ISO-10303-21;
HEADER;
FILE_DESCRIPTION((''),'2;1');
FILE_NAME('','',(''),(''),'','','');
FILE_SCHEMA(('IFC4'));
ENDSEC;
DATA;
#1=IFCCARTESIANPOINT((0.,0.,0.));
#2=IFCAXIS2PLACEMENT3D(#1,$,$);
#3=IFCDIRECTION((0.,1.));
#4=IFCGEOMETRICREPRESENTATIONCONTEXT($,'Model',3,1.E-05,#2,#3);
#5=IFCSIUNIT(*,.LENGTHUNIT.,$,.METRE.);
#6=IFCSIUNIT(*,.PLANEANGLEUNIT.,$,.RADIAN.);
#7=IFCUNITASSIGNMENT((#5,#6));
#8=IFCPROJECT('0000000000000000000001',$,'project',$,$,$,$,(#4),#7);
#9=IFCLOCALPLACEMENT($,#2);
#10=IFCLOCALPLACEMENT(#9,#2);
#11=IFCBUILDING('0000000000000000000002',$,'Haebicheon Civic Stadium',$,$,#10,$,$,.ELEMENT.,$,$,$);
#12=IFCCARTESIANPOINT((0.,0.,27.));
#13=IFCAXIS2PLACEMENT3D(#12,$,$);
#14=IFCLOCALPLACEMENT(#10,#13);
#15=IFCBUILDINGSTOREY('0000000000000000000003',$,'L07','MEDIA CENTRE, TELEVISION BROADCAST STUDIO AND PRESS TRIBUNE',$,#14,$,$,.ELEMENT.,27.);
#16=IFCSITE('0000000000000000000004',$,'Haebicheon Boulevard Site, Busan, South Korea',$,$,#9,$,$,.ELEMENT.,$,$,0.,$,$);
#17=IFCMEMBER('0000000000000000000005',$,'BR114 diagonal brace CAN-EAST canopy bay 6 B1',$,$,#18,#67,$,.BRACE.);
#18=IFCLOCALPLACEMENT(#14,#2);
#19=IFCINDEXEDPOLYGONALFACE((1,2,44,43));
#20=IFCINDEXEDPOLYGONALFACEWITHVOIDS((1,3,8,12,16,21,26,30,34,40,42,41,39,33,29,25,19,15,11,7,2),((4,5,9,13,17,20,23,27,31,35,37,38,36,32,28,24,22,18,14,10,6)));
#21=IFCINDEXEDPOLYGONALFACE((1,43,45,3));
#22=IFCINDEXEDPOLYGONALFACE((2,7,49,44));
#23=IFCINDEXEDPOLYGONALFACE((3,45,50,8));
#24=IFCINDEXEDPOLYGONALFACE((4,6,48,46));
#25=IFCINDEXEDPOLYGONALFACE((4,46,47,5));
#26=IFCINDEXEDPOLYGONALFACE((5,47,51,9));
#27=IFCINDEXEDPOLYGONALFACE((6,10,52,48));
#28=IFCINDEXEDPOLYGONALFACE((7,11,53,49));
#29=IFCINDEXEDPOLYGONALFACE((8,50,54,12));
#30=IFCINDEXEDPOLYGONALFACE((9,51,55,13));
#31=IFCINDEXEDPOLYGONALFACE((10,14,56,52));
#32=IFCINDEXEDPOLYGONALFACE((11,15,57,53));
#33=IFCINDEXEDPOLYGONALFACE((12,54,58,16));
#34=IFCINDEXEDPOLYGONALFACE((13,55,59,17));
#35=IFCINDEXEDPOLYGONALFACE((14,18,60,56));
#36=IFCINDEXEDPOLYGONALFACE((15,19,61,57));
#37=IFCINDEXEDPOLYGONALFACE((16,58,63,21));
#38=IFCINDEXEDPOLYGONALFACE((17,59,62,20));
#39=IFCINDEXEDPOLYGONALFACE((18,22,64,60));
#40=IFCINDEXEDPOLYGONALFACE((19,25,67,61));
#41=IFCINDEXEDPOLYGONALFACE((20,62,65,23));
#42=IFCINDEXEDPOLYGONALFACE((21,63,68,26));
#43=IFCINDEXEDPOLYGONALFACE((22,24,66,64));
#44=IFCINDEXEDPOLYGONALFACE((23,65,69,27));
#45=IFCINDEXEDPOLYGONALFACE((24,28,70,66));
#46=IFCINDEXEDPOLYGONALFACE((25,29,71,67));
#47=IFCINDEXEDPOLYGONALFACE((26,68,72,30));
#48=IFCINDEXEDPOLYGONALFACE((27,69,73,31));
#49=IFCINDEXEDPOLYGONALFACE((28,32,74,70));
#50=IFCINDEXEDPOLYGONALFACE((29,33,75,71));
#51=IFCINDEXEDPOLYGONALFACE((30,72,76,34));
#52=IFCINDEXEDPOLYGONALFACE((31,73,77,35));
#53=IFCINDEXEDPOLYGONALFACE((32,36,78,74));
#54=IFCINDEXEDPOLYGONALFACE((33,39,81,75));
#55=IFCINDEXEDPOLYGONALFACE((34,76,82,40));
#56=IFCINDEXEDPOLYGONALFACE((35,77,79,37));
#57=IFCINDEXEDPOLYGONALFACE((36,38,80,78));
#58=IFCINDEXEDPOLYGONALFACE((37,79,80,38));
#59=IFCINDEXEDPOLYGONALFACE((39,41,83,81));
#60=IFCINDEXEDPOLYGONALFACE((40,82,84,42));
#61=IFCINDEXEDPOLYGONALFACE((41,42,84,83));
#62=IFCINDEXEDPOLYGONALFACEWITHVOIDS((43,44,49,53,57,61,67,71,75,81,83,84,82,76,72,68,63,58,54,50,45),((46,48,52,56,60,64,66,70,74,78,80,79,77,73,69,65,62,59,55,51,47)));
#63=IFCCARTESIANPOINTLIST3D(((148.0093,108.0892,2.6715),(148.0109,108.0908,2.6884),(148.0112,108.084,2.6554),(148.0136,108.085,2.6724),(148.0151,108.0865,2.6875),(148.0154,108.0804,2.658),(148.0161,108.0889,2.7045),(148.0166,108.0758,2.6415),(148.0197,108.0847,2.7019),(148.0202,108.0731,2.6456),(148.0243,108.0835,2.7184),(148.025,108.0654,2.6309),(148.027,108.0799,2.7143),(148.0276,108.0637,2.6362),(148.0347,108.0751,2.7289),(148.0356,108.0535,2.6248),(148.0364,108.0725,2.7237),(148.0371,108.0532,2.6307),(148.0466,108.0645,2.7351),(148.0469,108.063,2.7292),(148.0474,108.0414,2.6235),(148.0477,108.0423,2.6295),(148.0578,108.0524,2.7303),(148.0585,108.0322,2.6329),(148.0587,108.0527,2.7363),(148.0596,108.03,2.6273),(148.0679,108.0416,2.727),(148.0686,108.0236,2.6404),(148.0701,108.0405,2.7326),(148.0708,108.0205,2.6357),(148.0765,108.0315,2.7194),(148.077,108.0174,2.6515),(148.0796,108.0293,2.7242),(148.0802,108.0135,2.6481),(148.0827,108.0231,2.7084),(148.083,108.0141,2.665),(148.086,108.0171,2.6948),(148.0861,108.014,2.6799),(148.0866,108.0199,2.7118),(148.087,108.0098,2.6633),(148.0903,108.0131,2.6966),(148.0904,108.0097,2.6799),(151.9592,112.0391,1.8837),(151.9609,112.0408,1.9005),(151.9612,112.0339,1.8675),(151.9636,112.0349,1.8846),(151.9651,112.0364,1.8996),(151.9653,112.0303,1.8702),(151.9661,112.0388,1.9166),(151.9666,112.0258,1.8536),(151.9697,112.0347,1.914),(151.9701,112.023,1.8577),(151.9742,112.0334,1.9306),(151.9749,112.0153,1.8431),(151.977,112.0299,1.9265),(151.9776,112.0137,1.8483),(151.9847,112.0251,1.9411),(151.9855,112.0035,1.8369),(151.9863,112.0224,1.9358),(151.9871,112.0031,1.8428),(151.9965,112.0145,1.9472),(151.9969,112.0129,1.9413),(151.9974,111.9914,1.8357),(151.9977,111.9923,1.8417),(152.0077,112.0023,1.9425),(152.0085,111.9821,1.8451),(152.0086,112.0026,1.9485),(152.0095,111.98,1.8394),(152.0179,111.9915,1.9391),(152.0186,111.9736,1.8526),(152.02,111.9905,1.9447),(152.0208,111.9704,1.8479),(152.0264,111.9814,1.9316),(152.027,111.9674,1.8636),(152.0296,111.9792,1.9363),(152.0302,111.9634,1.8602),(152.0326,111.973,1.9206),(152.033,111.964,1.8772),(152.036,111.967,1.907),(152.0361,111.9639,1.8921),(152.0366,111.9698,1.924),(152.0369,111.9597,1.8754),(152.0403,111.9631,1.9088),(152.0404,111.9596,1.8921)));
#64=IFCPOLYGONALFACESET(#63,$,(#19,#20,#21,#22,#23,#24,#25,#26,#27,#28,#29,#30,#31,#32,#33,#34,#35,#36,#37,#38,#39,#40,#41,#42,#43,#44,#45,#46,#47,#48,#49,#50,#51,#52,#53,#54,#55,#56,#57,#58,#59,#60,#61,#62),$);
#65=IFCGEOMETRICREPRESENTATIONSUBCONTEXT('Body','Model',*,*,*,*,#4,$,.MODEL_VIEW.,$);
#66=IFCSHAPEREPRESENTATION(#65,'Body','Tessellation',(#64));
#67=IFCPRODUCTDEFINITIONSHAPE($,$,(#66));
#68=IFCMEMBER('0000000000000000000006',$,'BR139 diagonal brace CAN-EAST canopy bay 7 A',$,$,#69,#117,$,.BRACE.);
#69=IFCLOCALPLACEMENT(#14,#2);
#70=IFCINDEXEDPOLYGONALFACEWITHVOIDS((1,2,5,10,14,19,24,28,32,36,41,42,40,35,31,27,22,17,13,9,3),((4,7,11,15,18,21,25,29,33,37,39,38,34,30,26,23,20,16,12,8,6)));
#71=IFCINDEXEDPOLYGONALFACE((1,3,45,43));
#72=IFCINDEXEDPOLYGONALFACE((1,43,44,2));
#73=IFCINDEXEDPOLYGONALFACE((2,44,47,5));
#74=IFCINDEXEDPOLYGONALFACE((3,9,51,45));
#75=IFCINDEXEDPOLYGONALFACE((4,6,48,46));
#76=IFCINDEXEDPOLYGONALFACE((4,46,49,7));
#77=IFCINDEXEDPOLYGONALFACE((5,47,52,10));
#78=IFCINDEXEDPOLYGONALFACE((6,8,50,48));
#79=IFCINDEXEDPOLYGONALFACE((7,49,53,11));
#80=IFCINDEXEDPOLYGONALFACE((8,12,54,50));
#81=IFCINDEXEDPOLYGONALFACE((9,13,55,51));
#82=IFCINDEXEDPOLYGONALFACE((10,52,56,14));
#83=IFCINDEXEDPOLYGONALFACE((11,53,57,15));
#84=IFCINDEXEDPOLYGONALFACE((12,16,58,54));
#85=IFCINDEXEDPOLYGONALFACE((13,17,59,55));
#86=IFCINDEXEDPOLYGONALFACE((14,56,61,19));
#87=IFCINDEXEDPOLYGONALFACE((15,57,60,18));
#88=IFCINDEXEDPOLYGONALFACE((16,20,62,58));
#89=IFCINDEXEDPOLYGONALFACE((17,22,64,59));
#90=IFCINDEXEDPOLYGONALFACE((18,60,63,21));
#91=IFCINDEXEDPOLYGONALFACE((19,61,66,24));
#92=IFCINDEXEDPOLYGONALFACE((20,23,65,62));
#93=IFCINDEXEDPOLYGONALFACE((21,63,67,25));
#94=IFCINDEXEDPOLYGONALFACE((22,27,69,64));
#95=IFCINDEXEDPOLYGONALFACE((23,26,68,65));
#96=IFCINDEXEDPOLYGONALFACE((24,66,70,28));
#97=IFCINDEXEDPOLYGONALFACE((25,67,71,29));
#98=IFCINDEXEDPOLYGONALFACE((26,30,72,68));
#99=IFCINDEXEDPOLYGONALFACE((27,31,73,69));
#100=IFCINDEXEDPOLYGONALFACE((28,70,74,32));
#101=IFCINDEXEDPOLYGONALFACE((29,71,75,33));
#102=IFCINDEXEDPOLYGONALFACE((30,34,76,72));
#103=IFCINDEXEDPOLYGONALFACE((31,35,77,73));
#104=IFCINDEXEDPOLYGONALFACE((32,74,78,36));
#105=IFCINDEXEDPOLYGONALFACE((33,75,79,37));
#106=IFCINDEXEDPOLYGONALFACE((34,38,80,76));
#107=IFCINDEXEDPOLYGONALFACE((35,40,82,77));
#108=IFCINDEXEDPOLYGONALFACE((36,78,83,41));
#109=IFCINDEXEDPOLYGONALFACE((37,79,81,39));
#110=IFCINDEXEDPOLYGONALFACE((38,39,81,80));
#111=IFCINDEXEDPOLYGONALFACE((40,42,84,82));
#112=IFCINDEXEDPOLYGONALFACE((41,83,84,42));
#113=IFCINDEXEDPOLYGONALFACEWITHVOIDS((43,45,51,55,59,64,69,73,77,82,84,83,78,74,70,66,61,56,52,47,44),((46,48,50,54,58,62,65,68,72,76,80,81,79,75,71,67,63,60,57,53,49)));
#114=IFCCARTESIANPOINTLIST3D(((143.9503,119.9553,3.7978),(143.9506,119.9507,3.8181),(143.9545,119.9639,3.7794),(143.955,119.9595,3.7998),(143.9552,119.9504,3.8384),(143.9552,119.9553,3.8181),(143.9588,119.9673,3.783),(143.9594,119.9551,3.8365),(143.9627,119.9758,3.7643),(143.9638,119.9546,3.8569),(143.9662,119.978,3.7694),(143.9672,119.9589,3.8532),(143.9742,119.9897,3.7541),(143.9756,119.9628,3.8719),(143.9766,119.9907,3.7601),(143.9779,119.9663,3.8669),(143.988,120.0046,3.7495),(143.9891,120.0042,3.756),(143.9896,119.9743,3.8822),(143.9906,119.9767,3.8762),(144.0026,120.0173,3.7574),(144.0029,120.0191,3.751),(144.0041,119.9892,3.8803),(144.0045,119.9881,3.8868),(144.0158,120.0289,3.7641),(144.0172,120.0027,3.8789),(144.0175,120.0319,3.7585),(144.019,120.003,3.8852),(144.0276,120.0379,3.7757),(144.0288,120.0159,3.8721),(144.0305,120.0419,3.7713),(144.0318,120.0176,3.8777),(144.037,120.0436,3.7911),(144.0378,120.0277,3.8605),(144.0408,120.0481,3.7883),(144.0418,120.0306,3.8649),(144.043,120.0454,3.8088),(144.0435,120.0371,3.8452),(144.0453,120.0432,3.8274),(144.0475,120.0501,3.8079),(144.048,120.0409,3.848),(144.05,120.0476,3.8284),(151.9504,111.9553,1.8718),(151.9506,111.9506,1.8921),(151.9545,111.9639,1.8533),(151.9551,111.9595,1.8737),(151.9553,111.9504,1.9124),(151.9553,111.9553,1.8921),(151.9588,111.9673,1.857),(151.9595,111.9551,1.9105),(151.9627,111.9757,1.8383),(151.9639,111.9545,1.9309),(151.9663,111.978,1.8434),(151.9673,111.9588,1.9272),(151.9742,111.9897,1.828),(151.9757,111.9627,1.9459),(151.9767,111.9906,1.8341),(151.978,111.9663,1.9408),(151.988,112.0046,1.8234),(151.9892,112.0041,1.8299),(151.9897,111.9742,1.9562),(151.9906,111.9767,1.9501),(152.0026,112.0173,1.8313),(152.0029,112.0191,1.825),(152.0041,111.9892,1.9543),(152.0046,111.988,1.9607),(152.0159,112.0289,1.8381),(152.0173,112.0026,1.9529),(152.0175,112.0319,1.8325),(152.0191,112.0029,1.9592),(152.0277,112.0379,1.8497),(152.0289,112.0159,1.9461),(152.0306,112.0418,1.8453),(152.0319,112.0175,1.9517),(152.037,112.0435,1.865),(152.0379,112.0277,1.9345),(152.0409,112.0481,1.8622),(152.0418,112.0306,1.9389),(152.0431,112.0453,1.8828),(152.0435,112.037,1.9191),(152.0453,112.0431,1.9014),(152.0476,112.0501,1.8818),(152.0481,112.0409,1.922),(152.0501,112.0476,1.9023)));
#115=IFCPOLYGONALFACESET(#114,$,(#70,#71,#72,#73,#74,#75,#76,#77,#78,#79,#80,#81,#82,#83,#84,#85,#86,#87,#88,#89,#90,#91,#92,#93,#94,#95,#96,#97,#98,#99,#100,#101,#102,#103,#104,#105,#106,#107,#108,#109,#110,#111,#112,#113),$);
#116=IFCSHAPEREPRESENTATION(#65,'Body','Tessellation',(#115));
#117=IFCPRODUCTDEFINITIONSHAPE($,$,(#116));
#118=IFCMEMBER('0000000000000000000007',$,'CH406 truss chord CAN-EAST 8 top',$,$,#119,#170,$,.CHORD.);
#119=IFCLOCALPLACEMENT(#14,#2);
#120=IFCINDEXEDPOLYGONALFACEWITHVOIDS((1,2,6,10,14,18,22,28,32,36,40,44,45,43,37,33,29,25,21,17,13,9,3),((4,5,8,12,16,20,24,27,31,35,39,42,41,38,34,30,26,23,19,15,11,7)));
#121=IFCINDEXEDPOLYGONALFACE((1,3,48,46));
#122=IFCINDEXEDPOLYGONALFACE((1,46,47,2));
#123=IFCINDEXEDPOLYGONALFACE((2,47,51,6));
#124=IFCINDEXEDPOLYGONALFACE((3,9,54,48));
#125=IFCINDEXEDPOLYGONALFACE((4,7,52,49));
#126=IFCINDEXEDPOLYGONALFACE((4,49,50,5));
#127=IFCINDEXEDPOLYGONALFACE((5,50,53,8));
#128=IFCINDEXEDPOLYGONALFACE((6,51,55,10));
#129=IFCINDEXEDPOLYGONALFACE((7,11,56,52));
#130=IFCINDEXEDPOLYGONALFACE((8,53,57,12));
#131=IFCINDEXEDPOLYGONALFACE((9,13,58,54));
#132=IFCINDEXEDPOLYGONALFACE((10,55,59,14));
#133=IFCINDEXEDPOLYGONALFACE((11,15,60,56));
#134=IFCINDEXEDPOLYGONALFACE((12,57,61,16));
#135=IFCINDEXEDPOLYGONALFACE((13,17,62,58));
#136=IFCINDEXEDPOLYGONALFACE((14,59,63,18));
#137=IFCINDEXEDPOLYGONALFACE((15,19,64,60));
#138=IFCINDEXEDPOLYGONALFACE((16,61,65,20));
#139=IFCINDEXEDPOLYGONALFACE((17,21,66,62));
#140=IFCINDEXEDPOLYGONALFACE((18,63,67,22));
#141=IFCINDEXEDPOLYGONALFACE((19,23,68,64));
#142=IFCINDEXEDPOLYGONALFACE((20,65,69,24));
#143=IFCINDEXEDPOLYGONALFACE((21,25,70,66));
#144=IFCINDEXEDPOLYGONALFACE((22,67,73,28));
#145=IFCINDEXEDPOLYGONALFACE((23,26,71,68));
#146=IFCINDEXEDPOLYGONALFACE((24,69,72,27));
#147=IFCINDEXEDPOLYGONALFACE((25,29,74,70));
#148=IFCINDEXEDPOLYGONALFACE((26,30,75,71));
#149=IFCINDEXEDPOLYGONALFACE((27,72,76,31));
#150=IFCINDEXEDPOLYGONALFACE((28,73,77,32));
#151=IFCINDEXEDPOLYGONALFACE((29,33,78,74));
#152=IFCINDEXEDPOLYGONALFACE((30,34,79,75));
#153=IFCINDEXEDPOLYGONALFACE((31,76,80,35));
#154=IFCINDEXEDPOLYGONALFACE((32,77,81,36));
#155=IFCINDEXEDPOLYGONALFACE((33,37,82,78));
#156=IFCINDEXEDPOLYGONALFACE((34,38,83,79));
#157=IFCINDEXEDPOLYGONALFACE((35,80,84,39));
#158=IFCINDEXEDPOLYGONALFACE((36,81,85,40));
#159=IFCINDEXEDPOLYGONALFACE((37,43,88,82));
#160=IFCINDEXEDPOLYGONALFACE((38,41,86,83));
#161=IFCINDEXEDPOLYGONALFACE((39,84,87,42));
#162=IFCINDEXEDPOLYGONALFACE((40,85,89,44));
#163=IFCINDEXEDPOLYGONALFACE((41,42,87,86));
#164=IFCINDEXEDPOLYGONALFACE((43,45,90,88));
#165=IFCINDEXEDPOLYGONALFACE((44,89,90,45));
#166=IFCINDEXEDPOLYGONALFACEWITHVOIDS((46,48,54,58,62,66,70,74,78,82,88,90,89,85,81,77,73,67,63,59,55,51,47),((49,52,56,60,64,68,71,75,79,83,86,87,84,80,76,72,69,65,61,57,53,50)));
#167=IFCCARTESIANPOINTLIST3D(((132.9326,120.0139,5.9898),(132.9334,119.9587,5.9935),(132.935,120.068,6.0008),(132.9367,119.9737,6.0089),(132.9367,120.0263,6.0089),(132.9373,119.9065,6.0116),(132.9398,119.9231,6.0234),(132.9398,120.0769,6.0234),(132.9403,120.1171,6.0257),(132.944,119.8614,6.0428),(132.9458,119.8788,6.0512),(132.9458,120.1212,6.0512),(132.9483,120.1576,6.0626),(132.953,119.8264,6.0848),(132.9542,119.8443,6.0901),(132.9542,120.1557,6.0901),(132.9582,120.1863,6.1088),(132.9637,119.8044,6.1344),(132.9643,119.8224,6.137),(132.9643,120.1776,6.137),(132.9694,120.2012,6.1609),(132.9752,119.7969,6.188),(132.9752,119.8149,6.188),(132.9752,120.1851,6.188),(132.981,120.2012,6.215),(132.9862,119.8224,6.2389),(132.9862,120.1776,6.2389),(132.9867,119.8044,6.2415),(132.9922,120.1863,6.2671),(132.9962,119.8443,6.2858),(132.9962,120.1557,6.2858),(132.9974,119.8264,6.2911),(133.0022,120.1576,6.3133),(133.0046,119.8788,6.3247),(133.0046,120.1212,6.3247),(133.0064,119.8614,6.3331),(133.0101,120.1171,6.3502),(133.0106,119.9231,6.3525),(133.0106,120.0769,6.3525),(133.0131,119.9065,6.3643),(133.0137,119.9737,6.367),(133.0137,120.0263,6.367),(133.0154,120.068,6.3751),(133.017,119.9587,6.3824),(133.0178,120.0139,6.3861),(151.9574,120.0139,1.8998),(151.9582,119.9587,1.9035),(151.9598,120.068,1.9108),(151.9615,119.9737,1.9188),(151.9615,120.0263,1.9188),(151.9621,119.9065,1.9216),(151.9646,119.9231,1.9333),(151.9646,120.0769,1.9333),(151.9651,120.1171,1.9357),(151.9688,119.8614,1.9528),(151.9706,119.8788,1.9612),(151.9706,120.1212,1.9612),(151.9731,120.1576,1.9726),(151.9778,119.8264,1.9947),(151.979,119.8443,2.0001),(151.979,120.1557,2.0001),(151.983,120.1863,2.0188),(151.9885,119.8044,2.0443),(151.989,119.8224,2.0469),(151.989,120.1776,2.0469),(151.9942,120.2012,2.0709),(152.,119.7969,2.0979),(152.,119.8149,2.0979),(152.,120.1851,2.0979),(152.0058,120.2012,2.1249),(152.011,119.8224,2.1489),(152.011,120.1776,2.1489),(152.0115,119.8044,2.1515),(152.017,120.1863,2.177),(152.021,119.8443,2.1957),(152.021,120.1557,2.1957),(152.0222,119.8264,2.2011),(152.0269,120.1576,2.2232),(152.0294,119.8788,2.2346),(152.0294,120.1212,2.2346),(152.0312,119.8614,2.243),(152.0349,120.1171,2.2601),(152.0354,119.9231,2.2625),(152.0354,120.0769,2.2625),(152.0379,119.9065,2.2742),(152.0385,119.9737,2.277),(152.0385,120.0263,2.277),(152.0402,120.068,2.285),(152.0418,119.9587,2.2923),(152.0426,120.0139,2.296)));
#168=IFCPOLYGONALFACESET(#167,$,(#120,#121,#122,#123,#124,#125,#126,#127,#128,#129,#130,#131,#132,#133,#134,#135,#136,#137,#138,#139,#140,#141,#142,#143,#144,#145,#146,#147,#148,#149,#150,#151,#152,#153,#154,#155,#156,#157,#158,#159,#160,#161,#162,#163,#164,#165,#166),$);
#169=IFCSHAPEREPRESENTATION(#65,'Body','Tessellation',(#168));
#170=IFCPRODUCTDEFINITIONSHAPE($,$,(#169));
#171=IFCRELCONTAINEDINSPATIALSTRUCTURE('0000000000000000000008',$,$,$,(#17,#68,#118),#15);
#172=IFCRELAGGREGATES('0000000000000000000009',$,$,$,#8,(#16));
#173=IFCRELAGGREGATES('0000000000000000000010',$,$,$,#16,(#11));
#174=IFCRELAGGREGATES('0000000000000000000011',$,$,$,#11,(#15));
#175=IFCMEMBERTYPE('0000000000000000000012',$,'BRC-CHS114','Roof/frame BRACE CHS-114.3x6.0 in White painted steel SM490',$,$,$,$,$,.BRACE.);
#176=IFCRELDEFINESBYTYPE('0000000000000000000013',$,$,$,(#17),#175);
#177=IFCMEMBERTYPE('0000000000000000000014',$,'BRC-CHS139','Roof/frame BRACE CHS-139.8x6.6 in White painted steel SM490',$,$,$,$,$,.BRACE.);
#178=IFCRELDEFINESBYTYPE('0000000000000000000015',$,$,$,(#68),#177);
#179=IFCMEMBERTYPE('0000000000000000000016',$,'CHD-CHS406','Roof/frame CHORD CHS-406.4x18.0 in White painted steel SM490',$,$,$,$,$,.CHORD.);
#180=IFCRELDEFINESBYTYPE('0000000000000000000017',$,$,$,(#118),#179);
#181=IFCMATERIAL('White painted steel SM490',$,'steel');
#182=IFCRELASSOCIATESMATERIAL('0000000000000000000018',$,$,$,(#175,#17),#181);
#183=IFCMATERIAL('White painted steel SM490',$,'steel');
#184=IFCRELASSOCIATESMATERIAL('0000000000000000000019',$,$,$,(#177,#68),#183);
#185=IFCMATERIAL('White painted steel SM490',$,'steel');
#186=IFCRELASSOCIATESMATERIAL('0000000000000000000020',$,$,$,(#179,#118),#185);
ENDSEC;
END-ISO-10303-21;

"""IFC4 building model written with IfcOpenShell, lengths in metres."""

from ifc_helpers import new_model, si_unit, direction, frame, origin, origin_2d, place, context, subcontext, project, spatial, hollow_circle, extrude, material, material_profile, profile_set, type_object, element, save


model = new_model("IFC4")

# Units and contexts
model_context = context("Model", 3, precision=1e-05, world=origin(), true_north=direction((0.0, 1.0)))
body_context = subcontext(model_context, "Body", "Model", "MODEL_VIEW")
ifc_project = project(units=[si_unit("LENGTHUNIT", "METRE"), si_unit("PLANEANGLEUNIT", "RADIAN")], contexts=[model_context])

# Site, building, storey
site_placement = place(None, origin())
site = spatial("IfcSite", under=ifc_project, at=site_placement, Name="Haebicheon Boulevard Site, Busan, South Korea", CompositionType="ELEMENT", RefElevation=0.0)
building_placement = place(site_placement, origin())
building = spatial("IfcBuilding", under=site, at=building_placement, Name="Haebicheon Civic Stadium", CompositionType="ELEMENT")
storey_placement = place(building_placement, frame((0.0, 0.0, 27.0)))
storey = spatial("IfcBuildingStorey", under=building, at=storey_placement, Name="L07", Description="MEDIA CENTRE, TELEVISION BROADCAST STUDIO AND PRESS TRIBUNE", CompositionType="ELEMENT", Elevation=27.0)

# Members
ifc_material_1 = material(Name="White painted steel SM490", Category="steel")
ifc_material_profile_1 = material_profile(ifc_material_1, hollow_circle(Radius=0.0571, WallThickness=0.0061, at=origin_2d()), Name="CHS-114.3x6.0")
ifc_profile_set_1 = profile_set([ifc_material_profile_1], Name="White painted steel SM490")
member_type_1 = type_object("IfcMemberType", Name="BRC-CHS114", Description="Roof/frame BRACE CHS-114.3x6.0 in White painted steel SM490", PredefinedType="BRACE", material=ifc_profile_set_1)
member_1_placement = place(storey_placement, frame((152.0, 112.0, 1.8921), z_axis=(-0.700177, -0.700177, 0.139655), x_axis=(0.707107, -0.707107, 0.0)))
element("IfcMember", 1, at=member_1_placement, inside=storey, type_object=member_type_1, material=ifc_profile_set_1, Name="BR114 diagonal brace CAN-EAST canopy bay 6 B1", PredefinedType="BRACE", context=body_context, shape_type="SweptSolid", body=[
    extrude(hollow_circle(Radius=0.0571, WallThickness=0.0061, at=origin_2d()), origin(), (0.0, 0.0, 1.0), 5.6414),
])
ifc_material_2 = material(Name="White painted steel SM490", Category="steel")
ifc_material_profile_2 = material_profile(ifc_material_2, hollow_circle(Radius=0.0698, WallThickness=0.0066, at=origin_2d()), Name="CHS-139.8x6.6")
ifc_profile_set_2 = profile_set([ifc_material_profile_2], Name="White painted steel SM490")
member_type_2 = type_object("IfcMemberType", Name="BRC-CHS139", Description="Roof/frame BRACE CHS-139.8x6.6 in White painted steel SM490", PredefinedType="BRACE", material=ifc_profile_set_2)
member_2_placement = place(storey_placement, frame((152.0, 112.0, 1.8921), z_axis=(-0.697078, 0.697078, 0.167824), x_axis=(-0.707107, -0.707107, 0.0)))
element("IfcMember", 2, at=member_2_placement, inside=storey, type_object=member_type_2, material=ifc_profile_set_2, Name="BR139 diagonal brace CAN-EAST canopy bay 7 A", PredefinedType="BRACE", context=body_context, shape_type="SweptSolid", body=[
    extrude(hollow_circle(Radius=0.0698, WallThickness=0.0066, at=origin_2d()), origin(), (0.0, 0.0, 1.0), 11.4766),
])
ifc_material_3 = material(Name="White painted steel SM490", Category="steel")
ifc_material_profile_3 = material_profile(ifc_material_3, hollow_circle(Radius=0.2031, WallThickness=0.0181, at=origin_2d()), Name="CHS-406.4x18.0")
ifc_profile_set_3 = profile_set([ifc_material_profile_3], Name="White painted steel SM490")
member_type_3 = type_object("IfcMemberType", Name="CHD-CHS406", Description="Roof/frame CHORD CHS-406.4x18.0 in White painted steel SM490", PredefinedType="CHORD", material=ifc_profile_set_3)
member_3_placement = place(storey_placement, frame((152.0, 120.0, 2.0979), z_axis=(-0.977662, 0.0, 0.210184), x_axis=(0.0, -1.0, 0.0)))
element("IfcMember", 3, at=member_3_placement, inside=storey, type_object=member_type_3, material=ifc_profile_set_3, Name="CH406 truss chord CAN-EAST 8 top", PredefinedType="CHORD", context=body_context, shape_type="SweptSolid", body=[
    extrude(hollow_circle(Radius=0.2031, WallThickness=0.0181, at=origin_2d()), origin(), (0.0, 0.0, 1.0), 19.4595),
])

save(model, "model.ifc")
